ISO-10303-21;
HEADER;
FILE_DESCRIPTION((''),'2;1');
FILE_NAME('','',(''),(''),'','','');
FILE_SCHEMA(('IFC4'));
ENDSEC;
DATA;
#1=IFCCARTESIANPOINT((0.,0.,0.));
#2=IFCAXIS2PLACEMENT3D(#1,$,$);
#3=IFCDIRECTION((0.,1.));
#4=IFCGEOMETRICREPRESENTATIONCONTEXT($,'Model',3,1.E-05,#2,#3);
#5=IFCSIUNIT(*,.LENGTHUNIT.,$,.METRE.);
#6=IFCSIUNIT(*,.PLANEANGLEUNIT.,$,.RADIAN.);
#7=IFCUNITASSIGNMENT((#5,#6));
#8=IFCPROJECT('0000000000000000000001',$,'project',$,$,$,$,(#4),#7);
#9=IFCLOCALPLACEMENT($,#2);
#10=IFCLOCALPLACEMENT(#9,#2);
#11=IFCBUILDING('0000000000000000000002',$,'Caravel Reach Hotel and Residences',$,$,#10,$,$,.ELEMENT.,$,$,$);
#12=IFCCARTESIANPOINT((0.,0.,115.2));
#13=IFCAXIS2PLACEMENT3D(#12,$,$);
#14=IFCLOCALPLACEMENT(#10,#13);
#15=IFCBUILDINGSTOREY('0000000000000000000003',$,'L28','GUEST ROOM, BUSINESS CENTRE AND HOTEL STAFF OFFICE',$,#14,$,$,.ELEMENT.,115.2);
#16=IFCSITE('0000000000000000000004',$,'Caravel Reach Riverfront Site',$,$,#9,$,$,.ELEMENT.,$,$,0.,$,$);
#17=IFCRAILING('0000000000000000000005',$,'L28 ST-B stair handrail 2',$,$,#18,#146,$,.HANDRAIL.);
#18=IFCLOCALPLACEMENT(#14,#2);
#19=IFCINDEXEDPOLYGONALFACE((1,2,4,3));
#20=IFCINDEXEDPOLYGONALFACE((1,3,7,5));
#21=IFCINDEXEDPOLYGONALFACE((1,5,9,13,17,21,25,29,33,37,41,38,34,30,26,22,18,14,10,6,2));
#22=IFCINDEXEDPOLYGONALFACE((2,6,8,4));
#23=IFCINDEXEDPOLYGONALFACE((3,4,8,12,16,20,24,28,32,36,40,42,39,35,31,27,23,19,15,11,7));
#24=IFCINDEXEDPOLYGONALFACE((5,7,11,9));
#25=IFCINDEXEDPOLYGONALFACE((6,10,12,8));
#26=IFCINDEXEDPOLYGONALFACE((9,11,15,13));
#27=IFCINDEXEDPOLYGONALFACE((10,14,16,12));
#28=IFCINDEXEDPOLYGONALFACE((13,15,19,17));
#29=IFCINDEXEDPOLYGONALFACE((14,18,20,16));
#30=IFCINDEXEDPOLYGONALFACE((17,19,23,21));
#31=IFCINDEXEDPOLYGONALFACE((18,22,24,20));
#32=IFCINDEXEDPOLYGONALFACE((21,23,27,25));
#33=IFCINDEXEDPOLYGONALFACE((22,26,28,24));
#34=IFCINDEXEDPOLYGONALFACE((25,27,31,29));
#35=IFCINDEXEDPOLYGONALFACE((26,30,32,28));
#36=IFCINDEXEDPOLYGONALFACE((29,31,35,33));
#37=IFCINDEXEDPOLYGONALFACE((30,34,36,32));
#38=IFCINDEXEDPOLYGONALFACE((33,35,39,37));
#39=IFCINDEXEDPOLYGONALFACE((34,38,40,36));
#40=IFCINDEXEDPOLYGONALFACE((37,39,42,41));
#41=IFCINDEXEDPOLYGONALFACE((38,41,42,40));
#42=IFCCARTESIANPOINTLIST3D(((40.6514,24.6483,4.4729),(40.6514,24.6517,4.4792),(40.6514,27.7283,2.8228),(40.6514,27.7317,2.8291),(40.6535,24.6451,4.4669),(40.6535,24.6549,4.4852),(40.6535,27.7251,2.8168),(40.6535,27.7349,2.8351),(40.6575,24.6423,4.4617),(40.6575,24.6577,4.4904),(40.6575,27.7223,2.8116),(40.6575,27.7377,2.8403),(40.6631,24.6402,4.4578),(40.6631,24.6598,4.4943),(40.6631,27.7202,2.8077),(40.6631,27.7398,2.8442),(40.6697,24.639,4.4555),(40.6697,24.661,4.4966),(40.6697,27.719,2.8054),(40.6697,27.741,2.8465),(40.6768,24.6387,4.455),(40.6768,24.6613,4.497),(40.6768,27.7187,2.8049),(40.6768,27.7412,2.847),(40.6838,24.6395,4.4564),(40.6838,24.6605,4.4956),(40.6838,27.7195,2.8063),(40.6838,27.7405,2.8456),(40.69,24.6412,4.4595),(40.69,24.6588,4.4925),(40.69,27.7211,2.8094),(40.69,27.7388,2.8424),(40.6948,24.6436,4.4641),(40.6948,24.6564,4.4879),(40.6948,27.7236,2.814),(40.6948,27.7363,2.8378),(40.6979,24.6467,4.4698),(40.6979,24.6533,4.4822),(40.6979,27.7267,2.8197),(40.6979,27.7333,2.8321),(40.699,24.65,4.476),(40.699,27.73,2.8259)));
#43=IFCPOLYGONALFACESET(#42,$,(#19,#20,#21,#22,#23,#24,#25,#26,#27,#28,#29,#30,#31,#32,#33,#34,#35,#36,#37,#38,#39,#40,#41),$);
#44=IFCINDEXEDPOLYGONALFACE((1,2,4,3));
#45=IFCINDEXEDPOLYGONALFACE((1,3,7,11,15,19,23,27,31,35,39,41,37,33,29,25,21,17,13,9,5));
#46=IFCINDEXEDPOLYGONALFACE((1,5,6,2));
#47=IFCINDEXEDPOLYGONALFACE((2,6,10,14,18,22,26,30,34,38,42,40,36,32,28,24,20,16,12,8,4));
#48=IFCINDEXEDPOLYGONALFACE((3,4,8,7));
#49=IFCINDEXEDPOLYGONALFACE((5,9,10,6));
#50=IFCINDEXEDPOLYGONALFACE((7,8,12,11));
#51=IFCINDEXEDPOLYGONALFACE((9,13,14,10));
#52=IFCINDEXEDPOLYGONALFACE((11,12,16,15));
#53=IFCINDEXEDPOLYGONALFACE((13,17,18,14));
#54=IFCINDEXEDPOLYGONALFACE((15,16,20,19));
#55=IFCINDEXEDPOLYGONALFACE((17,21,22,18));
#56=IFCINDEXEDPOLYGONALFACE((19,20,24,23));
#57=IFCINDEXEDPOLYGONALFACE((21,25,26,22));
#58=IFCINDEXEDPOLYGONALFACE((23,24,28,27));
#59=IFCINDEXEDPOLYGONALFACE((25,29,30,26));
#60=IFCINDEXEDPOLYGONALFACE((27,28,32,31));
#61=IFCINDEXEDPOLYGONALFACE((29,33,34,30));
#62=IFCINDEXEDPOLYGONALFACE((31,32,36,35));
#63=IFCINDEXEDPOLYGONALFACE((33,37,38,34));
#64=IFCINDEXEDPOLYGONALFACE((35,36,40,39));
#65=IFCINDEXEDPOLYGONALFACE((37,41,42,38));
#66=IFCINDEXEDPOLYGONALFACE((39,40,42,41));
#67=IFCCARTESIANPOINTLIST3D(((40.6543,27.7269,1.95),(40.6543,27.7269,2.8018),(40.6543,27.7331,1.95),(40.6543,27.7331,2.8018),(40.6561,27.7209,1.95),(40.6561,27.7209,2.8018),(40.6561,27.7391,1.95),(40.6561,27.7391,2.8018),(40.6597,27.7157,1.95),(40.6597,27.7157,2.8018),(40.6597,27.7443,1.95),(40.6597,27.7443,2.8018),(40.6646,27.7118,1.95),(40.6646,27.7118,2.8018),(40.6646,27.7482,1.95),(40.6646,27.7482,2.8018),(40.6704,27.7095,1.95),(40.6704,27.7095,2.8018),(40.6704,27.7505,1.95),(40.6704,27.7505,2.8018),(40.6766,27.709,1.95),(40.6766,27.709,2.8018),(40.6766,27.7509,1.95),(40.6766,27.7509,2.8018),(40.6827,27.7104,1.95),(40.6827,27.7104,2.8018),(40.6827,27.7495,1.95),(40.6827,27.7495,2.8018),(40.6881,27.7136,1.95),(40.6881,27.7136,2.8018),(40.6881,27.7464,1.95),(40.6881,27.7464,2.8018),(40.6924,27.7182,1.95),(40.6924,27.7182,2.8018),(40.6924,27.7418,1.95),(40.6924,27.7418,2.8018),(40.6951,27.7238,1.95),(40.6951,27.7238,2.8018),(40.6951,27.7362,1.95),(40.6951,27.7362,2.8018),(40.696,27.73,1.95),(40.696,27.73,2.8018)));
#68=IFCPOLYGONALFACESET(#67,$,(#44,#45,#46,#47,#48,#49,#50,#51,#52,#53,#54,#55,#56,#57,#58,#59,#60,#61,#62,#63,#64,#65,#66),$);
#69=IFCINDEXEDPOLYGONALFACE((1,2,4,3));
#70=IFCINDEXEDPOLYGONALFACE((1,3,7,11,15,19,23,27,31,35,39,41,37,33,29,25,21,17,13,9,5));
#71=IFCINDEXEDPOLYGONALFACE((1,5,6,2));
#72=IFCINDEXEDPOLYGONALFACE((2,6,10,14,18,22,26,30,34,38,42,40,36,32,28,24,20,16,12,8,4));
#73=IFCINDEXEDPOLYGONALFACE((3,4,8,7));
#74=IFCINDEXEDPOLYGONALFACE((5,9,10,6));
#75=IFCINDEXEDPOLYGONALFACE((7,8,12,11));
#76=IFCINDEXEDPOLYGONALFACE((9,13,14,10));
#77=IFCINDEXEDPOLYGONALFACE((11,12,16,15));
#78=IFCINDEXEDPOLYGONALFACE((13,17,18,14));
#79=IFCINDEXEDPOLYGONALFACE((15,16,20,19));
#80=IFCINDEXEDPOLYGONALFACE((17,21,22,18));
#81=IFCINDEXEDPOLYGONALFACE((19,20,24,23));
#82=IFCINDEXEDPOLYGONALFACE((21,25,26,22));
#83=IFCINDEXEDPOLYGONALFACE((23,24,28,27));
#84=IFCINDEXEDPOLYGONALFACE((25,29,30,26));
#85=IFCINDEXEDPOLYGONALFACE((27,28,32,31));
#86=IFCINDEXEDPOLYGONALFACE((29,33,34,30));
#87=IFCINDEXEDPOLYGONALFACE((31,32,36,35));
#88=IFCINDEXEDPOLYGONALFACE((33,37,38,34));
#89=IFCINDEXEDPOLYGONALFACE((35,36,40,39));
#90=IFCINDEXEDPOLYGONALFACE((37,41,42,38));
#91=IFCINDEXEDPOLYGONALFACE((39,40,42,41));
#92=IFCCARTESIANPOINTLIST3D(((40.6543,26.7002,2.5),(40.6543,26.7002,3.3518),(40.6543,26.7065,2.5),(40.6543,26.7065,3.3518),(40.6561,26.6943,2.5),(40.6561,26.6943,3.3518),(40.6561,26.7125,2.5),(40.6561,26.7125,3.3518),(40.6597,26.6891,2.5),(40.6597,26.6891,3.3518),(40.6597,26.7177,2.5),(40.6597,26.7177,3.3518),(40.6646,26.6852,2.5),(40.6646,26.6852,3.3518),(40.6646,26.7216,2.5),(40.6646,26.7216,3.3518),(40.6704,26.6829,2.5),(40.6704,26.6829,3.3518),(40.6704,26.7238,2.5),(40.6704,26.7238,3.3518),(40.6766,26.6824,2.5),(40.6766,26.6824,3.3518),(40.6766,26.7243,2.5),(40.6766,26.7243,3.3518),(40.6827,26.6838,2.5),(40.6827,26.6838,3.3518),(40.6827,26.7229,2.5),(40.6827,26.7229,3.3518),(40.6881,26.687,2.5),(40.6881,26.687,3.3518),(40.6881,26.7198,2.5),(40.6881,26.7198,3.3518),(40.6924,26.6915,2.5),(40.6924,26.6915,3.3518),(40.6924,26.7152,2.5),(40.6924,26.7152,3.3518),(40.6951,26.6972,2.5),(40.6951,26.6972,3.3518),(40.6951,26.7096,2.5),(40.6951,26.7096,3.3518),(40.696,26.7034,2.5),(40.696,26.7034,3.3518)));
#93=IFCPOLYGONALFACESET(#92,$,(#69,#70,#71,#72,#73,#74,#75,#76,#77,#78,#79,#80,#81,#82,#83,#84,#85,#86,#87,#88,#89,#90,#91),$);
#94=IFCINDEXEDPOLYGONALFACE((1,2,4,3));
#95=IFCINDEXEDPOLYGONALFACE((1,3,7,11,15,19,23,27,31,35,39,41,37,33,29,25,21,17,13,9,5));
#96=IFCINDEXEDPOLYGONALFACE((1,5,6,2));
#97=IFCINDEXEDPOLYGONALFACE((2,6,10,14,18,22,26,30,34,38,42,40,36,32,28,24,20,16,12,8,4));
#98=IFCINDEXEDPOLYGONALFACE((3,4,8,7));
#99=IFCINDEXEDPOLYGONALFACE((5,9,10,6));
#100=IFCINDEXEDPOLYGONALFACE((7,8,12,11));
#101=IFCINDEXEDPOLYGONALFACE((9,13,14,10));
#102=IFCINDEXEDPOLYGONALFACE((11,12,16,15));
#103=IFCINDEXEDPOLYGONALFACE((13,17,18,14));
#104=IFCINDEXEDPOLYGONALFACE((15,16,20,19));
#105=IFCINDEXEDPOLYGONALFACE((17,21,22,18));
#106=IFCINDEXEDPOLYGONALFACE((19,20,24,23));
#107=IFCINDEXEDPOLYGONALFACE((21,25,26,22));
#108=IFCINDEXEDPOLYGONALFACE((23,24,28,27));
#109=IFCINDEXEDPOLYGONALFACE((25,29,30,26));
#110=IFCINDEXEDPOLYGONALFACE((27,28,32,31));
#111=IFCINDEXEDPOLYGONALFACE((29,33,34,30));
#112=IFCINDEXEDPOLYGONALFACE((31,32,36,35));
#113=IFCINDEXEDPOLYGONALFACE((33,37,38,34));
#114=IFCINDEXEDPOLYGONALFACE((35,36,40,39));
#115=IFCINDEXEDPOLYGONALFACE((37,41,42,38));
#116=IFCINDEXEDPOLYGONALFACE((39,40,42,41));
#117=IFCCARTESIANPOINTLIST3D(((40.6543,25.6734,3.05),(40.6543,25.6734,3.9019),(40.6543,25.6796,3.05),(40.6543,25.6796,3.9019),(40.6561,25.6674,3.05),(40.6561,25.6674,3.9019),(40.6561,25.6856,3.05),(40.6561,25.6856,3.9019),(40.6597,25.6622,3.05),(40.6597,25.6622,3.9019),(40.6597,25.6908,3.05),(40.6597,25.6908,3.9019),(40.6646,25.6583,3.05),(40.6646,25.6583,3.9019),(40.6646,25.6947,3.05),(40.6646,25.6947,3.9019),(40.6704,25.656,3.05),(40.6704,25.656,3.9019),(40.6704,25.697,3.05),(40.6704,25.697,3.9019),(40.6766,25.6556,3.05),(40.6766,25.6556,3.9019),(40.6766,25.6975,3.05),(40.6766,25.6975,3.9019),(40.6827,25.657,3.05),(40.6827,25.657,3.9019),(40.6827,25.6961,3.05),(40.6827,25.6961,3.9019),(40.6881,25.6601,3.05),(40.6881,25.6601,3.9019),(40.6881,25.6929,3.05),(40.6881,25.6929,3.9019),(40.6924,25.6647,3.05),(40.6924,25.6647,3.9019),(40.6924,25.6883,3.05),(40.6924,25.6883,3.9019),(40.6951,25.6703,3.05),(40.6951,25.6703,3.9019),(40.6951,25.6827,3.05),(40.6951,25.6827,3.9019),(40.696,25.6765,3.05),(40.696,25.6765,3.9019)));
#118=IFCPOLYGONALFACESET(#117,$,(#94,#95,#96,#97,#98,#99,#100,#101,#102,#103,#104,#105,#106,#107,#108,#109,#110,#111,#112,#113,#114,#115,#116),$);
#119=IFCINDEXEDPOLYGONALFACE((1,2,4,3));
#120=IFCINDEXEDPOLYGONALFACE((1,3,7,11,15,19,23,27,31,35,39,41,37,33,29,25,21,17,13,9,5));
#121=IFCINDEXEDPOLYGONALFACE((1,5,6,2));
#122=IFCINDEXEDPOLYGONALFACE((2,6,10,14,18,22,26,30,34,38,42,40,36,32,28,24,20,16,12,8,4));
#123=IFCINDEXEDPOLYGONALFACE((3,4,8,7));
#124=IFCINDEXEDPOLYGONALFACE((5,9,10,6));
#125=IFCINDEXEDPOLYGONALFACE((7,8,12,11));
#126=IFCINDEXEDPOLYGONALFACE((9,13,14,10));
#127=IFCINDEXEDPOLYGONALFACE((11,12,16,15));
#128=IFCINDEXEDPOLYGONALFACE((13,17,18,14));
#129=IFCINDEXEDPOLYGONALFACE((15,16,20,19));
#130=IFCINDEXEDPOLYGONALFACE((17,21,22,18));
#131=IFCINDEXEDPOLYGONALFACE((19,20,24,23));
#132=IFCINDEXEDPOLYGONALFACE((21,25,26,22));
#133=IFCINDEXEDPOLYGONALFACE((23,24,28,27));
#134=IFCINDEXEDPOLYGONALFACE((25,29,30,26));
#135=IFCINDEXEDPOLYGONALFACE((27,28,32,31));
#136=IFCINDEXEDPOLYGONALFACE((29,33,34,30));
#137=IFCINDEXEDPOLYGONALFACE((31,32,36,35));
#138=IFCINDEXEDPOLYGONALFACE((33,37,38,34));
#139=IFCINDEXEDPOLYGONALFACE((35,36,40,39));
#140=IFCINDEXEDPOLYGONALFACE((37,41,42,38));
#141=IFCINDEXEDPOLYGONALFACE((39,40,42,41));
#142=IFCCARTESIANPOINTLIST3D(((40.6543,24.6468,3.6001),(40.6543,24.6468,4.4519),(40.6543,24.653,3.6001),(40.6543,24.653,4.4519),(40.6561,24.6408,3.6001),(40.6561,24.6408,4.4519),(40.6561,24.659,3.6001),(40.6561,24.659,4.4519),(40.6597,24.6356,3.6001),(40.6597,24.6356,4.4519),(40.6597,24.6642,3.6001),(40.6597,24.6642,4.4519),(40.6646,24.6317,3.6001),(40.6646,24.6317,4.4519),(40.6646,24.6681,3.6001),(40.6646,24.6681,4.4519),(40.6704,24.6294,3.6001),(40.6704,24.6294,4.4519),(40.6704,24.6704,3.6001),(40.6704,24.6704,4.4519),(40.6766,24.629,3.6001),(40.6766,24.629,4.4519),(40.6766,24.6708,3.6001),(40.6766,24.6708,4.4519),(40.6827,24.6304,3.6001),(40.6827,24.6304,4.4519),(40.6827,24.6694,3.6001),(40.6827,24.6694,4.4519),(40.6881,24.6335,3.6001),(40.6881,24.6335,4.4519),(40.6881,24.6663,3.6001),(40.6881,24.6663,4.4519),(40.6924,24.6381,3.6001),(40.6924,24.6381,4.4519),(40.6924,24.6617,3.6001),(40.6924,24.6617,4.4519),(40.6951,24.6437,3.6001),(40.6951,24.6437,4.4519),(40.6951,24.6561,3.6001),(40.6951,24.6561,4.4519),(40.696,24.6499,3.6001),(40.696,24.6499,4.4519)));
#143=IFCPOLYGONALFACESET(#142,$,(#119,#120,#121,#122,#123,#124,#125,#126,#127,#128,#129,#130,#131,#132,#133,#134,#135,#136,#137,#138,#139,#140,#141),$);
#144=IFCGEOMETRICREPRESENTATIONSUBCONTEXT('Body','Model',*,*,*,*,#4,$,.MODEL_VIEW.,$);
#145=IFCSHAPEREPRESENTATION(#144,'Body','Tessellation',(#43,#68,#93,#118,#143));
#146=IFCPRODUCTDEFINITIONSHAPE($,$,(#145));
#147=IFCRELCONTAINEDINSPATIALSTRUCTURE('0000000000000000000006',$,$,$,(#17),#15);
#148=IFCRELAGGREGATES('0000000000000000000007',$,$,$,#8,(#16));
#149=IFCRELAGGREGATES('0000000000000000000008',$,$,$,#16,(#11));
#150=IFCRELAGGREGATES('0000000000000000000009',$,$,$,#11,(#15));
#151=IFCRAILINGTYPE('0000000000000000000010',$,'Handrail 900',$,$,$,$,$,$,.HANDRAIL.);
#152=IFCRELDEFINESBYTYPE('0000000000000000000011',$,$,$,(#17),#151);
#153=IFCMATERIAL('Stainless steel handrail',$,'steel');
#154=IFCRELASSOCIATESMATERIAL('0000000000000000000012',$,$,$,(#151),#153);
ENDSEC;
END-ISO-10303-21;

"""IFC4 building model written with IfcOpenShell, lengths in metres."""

from ifc_helpers import new_model, si_unit, direction, frame, origin, origin_2d, place, context, subcontext, project, spatial, circle, extrude, material, type_object, element, save


model = new_model("IFC4")

# Units and contexts
model_context = context("Model", 3, precision=1e-05, world=origin(), true_north=direction((0.0, 1.0)))
body_context = subcontext(model_context, "Body", "Model", "MODEL_VIEW")
ifc_project = project(units=[si_unit("LENGTHUNIT", "METRE"), si_unit("PLANEANGLEUNIT", "RADIAN")], contexts=[model_context])

# Site, building, storey
site_placement = place(None, origin())
site = spatial("IfcSite", under=ifc_project, at=site_placement, Name="Caravel Reach Riverfront Site", CompositionType="ELEMENT", RefElevation=0.0)
building_placement = place(site_placement, origin())
building = spatial("IfcBuilding", under=site, at=building_placement, Name="Caravel Reach Hotel and Residences", CompositionType="ELEMENT")
storey_placement = place(building_placement, frame((0.0, 0.0, 115.2)))
storey = spatial("IfcBuildingStorey", under=building, at=storey_placement, Name="L28", Description="GUEST ROOM, BUSINESS CENTRE AND HOTEL STAFF OFFICE", CompositionType="ELEMENT", Elevation=115.2)

# Railing
ifc_material_1 = material(Name="Stainless steel handrail", Category="steel")
railing_type_1 = type_object("IfcRailingType", Name="Handrail 900", PredefinedType="HANDRAIL", material=ifc_material_1)
railing_1_placement = place(storey_placement, frame((40.675, 27.73, 1.95)))
element("IfcRailing", 1, at=railing_1_placement, inside=storey, type_object=railing_type_1, Name="L28 ST-B stair handrail 2", PredefinedType="HANDRAIL", context=body_context, shape_type="SweptSolid", body=[
    extrude(circle(Radius=0.0239, at=origin_2d()), frame((0.0, 0.0, 0.876), z_axis=(0.0, -0.881468, 0.472245), x_axis=(1.0, 0.0, 0.0)), (0.0, 0.0, 1.0), 3.4941),
    extrude(circle(Radius=0.021, at=origin_2d()), origin(), (0.0, 0.0, 1.0), 0.8518),
    extrude(circle(Radius=0.021, at=origin_2d()), frame((0.0, -1.0266, 0.55)), (0.0, 0.0, 1.0), 0.8518),
    extrude(circle(Radius=0.021, at=origin_2d()), frame((0.0, -2.0535, 1.1001)), (0.0, 0.0, 1.0), 0.8518),
    extrude(circle(Radius=0.021, at=origin_2d()), frame((0.0, -3.0801, 1.6501)), (0.0, 0.0, 1.0), 0.8518),
])

save(model, "model.ifc")
